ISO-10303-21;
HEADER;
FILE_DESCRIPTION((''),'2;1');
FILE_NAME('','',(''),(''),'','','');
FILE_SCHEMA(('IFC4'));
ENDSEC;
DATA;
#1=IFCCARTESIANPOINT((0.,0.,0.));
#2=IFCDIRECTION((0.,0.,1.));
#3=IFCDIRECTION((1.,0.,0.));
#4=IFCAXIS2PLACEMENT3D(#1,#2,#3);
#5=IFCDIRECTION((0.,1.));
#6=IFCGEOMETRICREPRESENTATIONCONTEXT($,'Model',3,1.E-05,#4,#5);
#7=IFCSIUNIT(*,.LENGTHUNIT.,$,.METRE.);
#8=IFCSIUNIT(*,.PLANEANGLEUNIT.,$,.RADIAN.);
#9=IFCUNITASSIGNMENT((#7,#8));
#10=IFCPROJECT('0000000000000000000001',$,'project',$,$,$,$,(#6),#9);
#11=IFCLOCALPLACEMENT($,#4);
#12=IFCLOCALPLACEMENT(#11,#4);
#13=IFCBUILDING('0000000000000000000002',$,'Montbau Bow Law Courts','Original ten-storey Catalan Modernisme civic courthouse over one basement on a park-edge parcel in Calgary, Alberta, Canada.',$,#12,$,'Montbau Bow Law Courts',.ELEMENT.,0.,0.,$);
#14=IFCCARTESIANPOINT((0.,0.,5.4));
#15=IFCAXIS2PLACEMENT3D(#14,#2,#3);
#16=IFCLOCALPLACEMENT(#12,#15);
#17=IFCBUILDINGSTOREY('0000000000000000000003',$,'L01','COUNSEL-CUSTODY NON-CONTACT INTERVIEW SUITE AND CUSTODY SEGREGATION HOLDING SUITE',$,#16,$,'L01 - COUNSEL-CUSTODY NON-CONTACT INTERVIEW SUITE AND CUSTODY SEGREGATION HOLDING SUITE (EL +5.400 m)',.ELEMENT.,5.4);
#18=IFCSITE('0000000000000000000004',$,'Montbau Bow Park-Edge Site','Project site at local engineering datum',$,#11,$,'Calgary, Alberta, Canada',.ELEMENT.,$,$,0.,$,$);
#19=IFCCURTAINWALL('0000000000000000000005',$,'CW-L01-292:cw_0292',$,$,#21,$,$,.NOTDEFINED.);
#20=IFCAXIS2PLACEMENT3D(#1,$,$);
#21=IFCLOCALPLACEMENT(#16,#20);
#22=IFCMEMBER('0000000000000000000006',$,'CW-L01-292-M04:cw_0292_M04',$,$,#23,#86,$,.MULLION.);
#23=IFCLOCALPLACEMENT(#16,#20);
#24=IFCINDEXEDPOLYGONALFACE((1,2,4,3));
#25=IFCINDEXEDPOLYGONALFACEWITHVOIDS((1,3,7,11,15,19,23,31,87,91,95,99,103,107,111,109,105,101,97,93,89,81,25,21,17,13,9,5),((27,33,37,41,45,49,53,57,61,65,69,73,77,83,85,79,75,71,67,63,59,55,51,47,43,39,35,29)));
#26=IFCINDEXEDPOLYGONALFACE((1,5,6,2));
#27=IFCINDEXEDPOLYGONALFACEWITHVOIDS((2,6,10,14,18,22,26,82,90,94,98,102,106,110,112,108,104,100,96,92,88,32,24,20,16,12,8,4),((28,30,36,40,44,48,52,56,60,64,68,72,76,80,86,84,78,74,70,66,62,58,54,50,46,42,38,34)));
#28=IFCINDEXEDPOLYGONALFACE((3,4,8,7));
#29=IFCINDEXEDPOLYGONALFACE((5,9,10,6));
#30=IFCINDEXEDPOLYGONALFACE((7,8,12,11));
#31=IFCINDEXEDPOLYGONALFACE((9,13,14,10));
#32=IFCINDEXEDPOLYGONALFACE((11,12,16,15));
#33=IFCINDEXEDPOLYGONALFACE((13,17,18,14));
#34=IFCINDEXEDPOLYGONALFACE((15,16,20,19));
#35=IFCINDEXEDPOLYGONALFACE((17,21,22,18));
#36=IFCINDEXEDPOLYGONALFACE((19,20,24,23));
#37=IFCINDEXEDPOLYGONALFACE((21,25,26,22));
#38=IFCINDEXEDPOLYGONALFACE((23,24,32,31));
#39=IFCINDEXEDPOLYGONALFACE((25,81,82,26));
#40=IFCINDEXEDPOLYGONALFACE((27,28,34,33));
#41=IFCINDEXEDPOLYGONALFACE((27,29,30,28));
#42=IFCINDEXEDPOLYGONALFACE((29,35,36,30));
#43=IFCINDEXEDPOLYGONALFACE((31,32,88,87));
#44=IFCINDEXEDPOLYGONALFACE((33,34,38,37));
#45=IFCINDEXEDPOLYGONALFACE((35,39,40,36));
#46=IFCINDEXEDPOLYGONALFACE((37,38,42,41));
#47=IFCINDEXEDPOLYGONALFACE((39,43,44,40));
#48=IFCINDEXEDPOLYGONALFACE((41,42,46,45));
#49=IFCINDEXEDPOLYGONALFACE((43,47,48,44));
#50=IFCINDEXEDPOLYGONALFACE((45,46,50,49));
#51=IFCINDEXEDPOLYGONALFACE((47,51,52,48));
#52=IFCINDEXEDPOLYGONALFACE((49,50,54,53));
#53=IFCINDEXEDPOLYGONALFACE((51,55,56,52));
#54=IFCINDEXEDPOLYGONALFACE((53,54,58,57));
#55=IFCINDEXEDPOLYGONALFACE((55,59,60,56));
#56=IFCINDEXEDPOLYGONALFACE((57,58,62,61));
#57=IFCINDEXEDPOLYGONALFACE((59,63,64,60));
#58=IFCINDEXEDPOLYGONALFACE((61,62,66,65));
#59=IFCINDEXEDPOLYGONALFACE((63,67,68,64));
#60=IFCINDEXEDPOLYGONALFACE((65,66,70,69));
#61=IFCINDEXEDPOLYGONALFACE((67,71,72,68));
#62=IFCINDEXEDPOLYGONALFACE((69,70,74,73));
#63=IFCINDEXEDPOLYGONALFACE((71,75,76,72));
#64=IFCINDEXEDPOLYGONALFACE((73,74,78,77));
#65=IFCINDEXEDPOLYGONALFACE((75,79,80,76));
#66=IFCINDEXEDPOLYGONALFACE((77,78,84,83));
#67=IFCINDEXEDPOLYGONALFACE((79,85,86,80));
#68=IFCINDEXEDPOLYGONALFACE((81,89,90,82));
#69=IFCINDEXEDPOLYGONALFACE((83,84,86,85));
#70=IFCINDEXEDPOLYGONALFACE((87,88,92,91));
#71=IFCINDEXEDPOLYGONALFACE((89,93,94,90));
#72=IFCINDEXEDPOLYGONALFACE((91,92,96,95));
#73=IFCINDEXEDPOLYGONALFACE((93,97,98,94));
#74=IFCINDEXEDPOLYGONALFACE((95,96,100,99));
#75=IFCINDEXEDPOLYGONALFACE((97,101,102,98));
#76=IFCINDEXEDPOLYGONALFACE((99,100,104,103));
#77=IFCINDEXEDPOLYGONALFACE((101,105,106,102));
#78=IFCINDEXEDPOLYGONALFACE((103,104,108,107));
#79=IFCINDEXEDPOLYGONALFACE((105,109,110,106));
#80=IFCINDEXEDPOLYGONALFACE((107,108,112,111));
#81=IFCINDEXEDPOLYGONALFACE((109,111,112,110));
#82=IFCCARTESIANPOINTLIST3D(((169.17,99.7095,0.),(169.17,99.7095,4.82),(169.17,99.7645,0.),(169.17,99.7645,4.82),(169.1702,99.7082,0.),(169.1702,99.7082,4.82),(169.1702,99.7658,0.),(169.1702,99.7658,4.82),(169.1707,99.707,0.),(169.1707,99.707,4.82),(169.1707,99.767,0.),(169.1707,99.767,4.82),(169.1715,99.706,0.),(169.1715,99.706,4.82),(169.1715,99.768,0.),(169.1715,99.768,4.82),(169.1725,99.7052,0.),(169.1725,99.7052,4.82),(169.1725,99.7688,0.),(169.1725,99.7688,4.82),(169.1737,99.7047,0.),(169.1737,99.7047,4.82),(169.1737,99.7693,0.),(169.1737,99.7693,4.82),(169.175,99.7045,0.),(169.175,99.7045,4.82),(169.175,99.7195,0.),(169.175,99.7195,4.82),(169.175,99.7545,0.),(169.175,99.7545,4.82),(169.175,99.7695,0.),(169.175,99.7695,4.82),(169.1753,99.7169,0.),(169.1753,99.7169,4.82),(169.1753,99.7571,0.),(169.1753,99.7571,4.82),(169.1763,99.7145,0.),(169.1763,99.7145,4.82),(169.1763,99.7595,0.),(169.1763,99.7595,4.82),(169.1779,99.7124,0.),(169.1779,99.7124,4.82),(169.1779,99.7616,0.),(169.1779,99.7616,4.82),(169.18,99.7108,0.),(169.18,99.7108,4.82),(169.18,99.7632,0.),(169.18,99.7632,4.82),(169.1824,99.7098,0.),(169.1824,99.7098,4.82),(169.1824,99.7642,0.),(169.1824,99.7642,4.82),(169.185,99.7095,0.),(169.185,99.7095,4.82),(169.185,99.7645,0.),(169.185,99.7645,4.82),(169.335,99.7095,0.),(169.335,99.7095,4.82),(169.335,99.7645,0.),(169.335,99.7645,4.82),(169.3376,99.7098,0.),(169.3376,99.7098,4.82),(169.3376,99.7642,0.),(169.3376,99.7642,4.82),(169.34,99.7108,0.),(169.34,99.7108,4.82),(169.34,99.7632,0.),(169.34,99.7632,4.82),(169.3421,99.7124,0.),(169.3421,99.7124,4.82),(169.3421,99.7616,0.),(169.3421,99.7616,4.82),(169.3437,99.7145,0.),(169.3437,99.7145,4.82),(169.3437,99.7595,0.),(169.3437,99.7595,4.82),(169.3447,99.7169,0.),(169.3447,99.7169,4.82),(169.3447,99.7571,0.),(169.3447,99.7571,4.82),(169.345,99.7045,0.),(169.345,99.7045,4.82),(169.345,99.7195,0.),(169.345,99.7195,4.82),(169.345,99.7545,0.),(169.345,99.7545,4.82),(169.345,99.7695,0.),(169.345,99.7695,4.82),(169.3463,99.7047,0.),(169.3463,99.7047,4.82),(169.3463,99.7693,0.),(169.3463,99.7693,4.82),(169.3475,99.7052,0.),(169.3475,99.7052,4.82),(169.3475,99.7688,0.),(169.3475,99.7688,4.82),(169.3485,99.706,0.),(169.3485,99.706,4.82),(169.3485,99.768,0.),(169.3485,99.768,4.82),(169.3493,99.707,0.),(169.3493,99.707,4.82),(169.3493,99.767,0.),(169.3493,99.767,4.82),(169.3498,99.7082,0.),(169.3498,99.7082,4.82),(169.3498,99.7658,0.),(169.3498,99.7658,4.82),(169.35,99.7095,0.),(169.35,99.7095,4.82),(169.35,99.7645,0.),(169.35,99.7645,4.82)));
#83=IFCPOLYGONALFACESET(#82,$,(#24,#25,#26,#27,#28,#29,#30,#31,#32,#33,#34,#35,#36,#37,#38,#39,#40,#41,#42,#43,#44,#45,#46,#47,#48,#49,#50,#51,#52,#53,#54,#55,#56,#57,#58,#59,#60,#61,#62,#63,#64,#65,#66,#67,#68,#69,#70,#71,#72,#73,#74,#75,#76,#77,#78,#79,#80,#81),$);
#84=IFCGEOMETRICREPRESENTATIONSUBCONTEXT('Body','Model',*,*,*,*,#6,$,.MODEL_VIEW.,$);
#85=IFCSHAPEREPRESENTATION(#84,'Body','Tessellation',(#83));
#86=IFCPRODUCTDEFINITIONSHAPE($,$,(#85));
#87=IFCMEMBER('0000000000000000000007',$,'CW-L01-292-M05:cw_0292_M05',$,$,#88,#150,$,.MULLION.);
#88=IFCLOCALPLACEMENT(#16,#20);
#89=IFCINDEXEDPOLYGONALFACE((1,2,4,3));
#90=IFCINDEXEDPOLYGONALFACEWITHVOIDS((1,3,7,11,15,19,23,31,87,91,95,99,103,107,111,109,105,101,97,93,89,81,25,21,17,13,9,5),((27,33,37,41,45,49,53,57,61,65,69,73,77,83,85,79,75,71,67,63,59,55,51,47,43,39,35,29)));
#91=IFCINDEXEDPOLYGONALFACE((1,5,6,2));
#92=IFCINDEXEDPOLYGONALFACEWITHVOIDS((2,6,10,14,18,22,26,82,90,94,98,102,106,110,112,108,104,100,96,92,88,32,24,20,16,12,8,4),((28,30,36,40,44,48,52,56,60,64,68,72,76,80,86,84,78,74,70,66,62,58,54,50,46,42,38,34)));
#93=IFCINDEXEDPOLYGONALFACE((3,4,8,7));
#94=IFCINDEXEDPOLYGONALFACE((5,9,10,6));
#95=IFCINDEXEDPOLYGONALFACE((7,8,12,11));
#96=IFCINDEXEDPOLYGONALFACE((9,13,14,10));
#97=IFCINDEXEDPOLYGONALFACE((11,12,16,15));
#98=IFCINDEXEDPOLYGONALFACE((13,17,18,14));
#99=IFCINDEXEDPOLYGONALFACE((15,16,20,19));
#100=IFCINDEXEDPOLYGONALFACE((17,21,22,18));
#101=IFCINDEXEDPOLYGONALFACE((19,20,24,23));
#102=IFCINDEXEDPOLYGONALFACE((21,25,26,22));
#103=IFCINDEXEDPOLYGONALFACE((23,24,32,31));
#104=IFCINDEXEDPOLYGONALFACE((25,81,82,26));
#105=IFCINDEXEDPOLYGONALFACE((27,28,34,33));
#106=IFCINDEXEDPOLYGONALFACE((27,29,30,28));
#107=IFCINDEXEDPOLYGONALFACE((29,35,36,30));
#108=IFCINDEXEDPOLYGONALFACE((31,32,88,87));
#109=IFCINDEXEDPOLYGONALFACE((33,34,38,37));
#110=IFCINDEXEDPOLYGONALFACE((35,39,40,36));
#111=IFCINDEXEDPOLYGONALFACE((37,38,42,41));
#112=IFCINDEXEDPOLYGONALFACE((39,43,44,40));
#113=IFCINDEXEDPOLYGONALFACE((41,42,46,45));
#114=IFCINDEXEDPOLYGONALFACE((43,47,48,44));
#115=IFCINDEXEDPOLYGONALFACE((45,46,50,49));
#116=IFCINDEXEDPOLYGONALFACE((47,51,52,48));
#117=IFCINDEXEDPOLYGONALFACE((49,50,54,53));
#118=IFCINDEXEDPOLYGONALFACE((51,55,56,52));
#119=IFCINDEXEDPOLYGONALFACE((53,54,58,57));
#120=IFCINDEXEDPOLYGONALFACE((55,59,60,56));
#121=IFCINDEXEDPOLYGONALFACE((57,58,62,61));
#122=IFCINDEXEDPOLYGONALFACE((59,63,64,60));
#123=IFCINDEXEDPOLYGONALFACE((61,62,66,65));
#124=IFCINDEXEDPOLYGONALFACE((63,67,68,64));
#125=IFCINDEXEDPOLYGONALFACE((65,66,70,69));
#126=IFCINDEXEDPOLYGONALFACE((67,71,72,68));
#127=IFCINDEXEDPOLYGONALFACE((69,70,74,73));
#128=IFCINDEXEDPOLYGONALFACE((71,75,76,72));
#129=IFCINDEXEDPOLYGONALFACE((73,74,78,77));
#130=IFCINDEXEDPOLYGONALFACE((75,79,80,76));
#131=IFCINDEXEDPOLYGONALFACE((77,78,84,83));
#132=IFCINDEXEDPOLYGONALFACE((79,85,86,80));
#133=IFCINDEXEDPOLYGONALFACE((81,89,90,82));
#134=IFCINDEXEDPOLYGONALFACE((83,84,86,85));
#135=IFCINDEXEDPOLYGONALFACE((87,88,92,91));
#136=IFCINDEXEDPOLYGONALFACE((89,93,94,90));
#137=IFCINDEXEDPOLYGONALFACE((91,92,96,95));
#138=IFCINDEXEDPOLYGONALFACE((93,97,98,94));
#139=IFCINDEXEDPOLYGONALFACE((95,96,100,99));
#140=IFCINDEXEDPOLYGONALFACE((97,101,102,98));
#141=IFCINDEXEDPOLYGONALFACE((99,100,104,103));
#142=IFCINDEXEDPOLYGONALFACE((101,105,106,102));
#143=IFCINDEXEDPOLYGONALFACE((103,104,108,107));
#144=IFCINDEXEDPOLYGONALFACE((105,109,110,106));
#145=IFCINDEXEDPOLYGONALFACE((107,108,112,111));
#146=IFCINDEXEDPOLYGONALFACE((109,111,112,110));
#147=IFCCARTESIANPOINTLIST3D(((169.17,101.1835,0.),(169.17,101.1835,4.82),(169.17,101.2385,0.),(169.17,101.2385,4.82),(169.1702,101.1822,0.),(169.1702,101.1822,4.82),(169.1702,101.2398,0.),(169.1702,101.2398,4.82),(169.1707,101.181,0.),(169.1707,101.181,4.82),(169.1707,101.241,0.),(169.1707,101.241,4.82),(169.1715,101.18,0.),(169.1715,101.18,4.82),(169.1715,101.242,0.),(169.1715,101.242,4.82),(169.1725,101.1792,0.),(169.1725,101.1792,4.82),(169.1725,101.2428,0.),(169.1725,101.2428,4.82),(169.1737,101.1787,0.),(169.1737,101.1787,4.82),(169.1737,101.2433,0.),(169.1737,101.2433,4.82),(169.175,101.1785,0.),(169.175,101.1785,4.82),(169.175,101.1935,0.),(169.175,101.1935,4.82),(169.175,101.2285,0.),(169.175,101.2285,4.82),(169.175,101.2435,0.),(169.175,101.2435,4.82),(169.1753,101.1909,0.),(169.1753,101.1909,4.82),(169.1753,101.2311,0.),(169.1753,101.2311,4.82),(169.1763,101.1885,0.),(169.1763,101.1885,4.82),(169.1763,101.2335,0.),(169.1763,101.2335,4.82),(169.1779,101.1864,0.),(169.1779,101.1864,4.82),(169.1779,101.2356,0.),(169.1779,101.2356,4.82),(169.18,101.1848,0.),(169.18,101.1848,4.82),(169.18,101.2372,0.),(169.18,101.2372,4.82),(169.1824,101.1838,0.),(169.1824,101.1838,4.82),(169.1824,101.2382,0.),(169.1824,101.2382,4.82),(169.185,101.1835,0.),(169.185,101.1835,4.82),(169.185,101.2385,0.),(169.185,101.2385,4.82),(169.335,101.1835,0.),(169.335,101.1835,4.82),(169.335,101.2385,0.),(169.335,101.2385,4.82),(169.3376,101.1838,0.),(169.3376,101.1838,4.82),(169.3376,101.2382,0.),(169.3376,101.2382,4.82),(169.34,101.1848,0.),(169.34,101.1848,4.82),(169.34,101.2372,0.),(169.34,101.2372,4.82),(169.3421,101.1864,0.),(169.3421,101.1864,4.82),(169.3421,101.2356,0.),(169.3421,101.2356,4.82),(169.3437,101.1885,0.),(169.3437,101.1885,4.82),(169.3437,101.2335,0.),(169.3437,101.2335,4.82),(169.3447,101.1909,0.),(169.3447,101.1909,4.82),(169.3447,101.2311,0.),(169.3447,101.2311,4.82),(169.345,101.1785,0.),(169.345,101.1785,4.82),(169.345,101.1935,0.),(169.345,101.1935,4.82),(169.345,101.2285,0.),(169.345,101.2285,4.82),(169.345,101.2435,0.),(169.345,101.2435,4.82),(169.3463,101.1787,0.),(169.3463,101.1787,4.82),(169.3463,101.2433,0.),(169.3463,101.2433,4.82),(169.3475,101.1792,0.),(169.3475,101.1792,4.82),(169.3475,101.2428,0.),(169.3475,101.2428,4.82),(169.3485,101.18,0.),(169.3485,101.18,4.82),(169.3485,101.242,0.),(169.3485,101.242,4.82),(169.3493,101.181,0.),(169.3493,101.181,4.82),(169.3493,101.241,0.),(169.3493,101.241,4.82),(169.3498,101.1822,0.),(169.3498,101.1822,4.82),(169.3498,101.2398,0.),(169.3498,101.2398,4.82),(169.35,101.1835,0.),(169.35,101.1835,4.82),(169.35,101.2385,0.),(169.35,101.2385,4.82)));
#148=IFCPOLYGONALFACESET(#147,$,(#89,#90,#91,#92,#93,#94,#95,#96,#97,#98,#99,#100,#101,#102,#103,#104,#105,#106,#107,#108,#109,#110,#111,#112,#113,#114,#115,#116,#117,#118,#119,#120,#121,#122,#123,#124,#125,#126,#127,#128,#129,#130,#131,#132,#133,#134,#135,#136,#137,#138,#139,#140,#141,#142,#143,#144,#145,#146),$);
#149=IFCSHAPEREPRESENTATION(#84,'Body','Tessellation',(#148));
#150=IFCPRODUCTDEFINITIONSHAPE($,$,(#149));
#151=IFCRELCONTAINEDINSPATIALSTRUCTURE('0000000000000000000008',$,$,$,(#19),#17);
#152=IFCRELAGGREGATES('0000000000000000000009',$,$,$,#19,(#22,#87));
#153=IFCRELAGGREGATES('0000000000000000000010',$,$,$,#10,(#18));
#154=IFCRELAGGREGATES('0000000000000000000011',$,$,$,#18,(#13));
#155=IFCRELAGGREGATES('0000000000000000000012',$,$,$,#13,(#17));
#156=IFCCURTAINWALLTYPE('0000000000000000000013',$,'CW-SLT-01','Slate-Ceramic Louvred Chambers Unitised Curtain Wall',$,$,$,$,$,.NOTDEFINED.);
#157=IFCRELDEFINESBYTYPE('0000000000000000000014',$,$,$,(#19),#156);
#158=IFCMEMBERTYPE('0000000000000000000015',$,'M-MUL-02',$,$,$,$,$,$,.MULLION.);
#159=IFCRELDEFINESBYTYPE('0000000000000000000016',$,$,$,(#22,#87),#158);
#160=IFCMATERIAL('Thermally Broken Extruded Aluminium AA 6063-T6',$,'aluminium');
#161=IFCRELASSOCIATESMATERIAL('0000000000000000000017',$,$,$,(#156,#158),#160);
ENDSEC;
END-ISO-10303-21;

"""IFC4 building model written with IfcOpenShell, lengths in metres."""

from ifc_helpers import new_model, si_unit, direction, frame, origin_with_axes, origin_2d_with_axis, place, context, subcontext, project, spatial, hollow_rectangle, extrude, material, material_profile, profile_set, type_object, element, aggregate, save


model = new_model("IFC4")

# Units and contexts
model_context = context("Model", 3, precision=1e-05, world=origin_with_axes(), true_north=direction((0.0, 1.0)))
body_context = subcontext(model_context, "Body", "Model", "MODEL_VIEW")
ifc_project = project(units=[si_unit("LENGTHUNIT", "METRE"), si_unit("PLANEANGLEUNIT", "RADIAN")], contexts=[model_context])

# Site, building, storey
site_placement = place(None, origin_with_axes())
site = spatial("IfcSite", under=ifc_project, at=site_placement, Name="Montbau Bow Park-Edge Site", Description="Project site at local engineering datum", LongName="Calgary, Alberta, Canada", CompositionType="ELEMENT", RefElevation=0.0)
building_placement = place(site_placement, origin_with_axes())
building = spatial("IfcBuilding", under=site, at=building_placement, Name="Montbau Bow Law Courts", Description="Original ten-storey Catalan Modernisme civic courthouse over one basement on a park-edge parcel in Calgary, Alberta, Canada.", LongName="Montbau Bow Law Courts", CompositionType="ELEMENT", ElevationOfRefHeight=0.0, ElevationOfTerrain=0.0)
storey_placement = place(building_placement, frame((0.0, 0.0, 5.4), z_axis=(0.0, 0.0, 1.0), x_axis=(1.0, 0.0, 0.0)))
storey = spatial("IfcBuildingStorey", under=building, at=storey_placement, Name="L01", Description="COUNSEL-CUSTODY NON-CONTACT INTERVIEW SUITE AND CUSTODY SEGREGATION HOLDING SUITE", LongName="L01 - COUNSEL-CUSTODY NON-CONTACT INTERVIEW SUITE AND CUSTODY SEGREGATION HOLDING SUITE (EL +5.400 m)", CompositionType="ELEMENT", Elevation=5.4)

# Curtain wall, members
ifc_material_1 = material(Name="Thermally Broken Extruded Aluminium AA 6063-T6", Category="aluminium")
curtain_wall_type = type_object("IfcCurtainWallType", Name="CW-SLT-01", Description="Slate-Ceramic Louvred Chambers Unitised Curtain Wall", PredefinedType="NOTDEFINED", material=ifc_material_1)
curtain_wall_placement = place(None, frame((169.26, 95.315, 5.4), z_axis=(0.0, 0.0, 1.0), x_axis=(1.0, 0.0, 0.0)))
curtain_wall = element("IfcCurtainWall", 1, at=curtain_wall_placement, inside=storey, type_object=curtain_wall_type, Name="CW-L01-292:cw_0292", PredefinedType="NOTDEFINED")
ifc_material_profile_1 = material_profile(ifc_material_1, hollow_rectangle(XDim=0.065, YDim=0.18, WallThickness=0.005, InnerFilletRadius=0.01, OuterFilletRadius=0.005, at=origin_2d_with_axis()), Name="CWM-180X65", Category="Main", Priority=0)
ifc_profile_set_1 = profile_set([ifc_material_profile_1], Name="Thermally Broken Extruded Aluminium AA 6063-T6")
member_type_1 = type_object("IfcMemberType", Name="M-MUL-02", PredefinedType="MULLION", material=ifc_profile_set_1)
member_1_placement = place(None, frame((169.26, 99.737, 5.4), z_axis=(0.0, 0.0, 1.0), x_axis=(0.0, 1.0, 0.0)))
member_1 = element("IfcMember", 2, at=member_1_placement, type_object=member_type_1, Name="CW-L01-292-M04:cw_0292_M04", PredefinedType="MULLION", context=body_context, shape_type="SweptSolid", body=[
    extrude(hollow_rectangle(XDim=0.065, YDim=0.18, WallThickness=0.005, InnerFilletRadius=0.01, OuterFilletRadius=0.005, at=origin_2d_with_axis()), origin_with_axes(), (0.0, 0.0, 1.0), 4.82),
])
member_2_placement = place(None, frame((169.26, 101.211, 5.4), z_axis=(0.0, 0.0, 1.0), x_axis=(0.0, 1.0, 0.0)))
member_2 = element("IfcMember", 3, at=member_2_placement, type_object=member_type_1, Name="CW-L01-292-M05:cw_0292_M05", PredefinedType="MULLION", context=body_context, shape_type="SweptSolid", body=[
    extrude(hollow_rectangle(XDim=0.065, YDim=0.18, WallThickness=0.005, InnerFilletRadius=0.01, OuterFilletRadius=0.005, at=origin_2d_with_axis()), origin_with_axes(), (0.0, 0.0, 1.0), 4.82),
])
aggregate(curtain_wall, [member_1, member_2])

save(model, "model.ifc")
